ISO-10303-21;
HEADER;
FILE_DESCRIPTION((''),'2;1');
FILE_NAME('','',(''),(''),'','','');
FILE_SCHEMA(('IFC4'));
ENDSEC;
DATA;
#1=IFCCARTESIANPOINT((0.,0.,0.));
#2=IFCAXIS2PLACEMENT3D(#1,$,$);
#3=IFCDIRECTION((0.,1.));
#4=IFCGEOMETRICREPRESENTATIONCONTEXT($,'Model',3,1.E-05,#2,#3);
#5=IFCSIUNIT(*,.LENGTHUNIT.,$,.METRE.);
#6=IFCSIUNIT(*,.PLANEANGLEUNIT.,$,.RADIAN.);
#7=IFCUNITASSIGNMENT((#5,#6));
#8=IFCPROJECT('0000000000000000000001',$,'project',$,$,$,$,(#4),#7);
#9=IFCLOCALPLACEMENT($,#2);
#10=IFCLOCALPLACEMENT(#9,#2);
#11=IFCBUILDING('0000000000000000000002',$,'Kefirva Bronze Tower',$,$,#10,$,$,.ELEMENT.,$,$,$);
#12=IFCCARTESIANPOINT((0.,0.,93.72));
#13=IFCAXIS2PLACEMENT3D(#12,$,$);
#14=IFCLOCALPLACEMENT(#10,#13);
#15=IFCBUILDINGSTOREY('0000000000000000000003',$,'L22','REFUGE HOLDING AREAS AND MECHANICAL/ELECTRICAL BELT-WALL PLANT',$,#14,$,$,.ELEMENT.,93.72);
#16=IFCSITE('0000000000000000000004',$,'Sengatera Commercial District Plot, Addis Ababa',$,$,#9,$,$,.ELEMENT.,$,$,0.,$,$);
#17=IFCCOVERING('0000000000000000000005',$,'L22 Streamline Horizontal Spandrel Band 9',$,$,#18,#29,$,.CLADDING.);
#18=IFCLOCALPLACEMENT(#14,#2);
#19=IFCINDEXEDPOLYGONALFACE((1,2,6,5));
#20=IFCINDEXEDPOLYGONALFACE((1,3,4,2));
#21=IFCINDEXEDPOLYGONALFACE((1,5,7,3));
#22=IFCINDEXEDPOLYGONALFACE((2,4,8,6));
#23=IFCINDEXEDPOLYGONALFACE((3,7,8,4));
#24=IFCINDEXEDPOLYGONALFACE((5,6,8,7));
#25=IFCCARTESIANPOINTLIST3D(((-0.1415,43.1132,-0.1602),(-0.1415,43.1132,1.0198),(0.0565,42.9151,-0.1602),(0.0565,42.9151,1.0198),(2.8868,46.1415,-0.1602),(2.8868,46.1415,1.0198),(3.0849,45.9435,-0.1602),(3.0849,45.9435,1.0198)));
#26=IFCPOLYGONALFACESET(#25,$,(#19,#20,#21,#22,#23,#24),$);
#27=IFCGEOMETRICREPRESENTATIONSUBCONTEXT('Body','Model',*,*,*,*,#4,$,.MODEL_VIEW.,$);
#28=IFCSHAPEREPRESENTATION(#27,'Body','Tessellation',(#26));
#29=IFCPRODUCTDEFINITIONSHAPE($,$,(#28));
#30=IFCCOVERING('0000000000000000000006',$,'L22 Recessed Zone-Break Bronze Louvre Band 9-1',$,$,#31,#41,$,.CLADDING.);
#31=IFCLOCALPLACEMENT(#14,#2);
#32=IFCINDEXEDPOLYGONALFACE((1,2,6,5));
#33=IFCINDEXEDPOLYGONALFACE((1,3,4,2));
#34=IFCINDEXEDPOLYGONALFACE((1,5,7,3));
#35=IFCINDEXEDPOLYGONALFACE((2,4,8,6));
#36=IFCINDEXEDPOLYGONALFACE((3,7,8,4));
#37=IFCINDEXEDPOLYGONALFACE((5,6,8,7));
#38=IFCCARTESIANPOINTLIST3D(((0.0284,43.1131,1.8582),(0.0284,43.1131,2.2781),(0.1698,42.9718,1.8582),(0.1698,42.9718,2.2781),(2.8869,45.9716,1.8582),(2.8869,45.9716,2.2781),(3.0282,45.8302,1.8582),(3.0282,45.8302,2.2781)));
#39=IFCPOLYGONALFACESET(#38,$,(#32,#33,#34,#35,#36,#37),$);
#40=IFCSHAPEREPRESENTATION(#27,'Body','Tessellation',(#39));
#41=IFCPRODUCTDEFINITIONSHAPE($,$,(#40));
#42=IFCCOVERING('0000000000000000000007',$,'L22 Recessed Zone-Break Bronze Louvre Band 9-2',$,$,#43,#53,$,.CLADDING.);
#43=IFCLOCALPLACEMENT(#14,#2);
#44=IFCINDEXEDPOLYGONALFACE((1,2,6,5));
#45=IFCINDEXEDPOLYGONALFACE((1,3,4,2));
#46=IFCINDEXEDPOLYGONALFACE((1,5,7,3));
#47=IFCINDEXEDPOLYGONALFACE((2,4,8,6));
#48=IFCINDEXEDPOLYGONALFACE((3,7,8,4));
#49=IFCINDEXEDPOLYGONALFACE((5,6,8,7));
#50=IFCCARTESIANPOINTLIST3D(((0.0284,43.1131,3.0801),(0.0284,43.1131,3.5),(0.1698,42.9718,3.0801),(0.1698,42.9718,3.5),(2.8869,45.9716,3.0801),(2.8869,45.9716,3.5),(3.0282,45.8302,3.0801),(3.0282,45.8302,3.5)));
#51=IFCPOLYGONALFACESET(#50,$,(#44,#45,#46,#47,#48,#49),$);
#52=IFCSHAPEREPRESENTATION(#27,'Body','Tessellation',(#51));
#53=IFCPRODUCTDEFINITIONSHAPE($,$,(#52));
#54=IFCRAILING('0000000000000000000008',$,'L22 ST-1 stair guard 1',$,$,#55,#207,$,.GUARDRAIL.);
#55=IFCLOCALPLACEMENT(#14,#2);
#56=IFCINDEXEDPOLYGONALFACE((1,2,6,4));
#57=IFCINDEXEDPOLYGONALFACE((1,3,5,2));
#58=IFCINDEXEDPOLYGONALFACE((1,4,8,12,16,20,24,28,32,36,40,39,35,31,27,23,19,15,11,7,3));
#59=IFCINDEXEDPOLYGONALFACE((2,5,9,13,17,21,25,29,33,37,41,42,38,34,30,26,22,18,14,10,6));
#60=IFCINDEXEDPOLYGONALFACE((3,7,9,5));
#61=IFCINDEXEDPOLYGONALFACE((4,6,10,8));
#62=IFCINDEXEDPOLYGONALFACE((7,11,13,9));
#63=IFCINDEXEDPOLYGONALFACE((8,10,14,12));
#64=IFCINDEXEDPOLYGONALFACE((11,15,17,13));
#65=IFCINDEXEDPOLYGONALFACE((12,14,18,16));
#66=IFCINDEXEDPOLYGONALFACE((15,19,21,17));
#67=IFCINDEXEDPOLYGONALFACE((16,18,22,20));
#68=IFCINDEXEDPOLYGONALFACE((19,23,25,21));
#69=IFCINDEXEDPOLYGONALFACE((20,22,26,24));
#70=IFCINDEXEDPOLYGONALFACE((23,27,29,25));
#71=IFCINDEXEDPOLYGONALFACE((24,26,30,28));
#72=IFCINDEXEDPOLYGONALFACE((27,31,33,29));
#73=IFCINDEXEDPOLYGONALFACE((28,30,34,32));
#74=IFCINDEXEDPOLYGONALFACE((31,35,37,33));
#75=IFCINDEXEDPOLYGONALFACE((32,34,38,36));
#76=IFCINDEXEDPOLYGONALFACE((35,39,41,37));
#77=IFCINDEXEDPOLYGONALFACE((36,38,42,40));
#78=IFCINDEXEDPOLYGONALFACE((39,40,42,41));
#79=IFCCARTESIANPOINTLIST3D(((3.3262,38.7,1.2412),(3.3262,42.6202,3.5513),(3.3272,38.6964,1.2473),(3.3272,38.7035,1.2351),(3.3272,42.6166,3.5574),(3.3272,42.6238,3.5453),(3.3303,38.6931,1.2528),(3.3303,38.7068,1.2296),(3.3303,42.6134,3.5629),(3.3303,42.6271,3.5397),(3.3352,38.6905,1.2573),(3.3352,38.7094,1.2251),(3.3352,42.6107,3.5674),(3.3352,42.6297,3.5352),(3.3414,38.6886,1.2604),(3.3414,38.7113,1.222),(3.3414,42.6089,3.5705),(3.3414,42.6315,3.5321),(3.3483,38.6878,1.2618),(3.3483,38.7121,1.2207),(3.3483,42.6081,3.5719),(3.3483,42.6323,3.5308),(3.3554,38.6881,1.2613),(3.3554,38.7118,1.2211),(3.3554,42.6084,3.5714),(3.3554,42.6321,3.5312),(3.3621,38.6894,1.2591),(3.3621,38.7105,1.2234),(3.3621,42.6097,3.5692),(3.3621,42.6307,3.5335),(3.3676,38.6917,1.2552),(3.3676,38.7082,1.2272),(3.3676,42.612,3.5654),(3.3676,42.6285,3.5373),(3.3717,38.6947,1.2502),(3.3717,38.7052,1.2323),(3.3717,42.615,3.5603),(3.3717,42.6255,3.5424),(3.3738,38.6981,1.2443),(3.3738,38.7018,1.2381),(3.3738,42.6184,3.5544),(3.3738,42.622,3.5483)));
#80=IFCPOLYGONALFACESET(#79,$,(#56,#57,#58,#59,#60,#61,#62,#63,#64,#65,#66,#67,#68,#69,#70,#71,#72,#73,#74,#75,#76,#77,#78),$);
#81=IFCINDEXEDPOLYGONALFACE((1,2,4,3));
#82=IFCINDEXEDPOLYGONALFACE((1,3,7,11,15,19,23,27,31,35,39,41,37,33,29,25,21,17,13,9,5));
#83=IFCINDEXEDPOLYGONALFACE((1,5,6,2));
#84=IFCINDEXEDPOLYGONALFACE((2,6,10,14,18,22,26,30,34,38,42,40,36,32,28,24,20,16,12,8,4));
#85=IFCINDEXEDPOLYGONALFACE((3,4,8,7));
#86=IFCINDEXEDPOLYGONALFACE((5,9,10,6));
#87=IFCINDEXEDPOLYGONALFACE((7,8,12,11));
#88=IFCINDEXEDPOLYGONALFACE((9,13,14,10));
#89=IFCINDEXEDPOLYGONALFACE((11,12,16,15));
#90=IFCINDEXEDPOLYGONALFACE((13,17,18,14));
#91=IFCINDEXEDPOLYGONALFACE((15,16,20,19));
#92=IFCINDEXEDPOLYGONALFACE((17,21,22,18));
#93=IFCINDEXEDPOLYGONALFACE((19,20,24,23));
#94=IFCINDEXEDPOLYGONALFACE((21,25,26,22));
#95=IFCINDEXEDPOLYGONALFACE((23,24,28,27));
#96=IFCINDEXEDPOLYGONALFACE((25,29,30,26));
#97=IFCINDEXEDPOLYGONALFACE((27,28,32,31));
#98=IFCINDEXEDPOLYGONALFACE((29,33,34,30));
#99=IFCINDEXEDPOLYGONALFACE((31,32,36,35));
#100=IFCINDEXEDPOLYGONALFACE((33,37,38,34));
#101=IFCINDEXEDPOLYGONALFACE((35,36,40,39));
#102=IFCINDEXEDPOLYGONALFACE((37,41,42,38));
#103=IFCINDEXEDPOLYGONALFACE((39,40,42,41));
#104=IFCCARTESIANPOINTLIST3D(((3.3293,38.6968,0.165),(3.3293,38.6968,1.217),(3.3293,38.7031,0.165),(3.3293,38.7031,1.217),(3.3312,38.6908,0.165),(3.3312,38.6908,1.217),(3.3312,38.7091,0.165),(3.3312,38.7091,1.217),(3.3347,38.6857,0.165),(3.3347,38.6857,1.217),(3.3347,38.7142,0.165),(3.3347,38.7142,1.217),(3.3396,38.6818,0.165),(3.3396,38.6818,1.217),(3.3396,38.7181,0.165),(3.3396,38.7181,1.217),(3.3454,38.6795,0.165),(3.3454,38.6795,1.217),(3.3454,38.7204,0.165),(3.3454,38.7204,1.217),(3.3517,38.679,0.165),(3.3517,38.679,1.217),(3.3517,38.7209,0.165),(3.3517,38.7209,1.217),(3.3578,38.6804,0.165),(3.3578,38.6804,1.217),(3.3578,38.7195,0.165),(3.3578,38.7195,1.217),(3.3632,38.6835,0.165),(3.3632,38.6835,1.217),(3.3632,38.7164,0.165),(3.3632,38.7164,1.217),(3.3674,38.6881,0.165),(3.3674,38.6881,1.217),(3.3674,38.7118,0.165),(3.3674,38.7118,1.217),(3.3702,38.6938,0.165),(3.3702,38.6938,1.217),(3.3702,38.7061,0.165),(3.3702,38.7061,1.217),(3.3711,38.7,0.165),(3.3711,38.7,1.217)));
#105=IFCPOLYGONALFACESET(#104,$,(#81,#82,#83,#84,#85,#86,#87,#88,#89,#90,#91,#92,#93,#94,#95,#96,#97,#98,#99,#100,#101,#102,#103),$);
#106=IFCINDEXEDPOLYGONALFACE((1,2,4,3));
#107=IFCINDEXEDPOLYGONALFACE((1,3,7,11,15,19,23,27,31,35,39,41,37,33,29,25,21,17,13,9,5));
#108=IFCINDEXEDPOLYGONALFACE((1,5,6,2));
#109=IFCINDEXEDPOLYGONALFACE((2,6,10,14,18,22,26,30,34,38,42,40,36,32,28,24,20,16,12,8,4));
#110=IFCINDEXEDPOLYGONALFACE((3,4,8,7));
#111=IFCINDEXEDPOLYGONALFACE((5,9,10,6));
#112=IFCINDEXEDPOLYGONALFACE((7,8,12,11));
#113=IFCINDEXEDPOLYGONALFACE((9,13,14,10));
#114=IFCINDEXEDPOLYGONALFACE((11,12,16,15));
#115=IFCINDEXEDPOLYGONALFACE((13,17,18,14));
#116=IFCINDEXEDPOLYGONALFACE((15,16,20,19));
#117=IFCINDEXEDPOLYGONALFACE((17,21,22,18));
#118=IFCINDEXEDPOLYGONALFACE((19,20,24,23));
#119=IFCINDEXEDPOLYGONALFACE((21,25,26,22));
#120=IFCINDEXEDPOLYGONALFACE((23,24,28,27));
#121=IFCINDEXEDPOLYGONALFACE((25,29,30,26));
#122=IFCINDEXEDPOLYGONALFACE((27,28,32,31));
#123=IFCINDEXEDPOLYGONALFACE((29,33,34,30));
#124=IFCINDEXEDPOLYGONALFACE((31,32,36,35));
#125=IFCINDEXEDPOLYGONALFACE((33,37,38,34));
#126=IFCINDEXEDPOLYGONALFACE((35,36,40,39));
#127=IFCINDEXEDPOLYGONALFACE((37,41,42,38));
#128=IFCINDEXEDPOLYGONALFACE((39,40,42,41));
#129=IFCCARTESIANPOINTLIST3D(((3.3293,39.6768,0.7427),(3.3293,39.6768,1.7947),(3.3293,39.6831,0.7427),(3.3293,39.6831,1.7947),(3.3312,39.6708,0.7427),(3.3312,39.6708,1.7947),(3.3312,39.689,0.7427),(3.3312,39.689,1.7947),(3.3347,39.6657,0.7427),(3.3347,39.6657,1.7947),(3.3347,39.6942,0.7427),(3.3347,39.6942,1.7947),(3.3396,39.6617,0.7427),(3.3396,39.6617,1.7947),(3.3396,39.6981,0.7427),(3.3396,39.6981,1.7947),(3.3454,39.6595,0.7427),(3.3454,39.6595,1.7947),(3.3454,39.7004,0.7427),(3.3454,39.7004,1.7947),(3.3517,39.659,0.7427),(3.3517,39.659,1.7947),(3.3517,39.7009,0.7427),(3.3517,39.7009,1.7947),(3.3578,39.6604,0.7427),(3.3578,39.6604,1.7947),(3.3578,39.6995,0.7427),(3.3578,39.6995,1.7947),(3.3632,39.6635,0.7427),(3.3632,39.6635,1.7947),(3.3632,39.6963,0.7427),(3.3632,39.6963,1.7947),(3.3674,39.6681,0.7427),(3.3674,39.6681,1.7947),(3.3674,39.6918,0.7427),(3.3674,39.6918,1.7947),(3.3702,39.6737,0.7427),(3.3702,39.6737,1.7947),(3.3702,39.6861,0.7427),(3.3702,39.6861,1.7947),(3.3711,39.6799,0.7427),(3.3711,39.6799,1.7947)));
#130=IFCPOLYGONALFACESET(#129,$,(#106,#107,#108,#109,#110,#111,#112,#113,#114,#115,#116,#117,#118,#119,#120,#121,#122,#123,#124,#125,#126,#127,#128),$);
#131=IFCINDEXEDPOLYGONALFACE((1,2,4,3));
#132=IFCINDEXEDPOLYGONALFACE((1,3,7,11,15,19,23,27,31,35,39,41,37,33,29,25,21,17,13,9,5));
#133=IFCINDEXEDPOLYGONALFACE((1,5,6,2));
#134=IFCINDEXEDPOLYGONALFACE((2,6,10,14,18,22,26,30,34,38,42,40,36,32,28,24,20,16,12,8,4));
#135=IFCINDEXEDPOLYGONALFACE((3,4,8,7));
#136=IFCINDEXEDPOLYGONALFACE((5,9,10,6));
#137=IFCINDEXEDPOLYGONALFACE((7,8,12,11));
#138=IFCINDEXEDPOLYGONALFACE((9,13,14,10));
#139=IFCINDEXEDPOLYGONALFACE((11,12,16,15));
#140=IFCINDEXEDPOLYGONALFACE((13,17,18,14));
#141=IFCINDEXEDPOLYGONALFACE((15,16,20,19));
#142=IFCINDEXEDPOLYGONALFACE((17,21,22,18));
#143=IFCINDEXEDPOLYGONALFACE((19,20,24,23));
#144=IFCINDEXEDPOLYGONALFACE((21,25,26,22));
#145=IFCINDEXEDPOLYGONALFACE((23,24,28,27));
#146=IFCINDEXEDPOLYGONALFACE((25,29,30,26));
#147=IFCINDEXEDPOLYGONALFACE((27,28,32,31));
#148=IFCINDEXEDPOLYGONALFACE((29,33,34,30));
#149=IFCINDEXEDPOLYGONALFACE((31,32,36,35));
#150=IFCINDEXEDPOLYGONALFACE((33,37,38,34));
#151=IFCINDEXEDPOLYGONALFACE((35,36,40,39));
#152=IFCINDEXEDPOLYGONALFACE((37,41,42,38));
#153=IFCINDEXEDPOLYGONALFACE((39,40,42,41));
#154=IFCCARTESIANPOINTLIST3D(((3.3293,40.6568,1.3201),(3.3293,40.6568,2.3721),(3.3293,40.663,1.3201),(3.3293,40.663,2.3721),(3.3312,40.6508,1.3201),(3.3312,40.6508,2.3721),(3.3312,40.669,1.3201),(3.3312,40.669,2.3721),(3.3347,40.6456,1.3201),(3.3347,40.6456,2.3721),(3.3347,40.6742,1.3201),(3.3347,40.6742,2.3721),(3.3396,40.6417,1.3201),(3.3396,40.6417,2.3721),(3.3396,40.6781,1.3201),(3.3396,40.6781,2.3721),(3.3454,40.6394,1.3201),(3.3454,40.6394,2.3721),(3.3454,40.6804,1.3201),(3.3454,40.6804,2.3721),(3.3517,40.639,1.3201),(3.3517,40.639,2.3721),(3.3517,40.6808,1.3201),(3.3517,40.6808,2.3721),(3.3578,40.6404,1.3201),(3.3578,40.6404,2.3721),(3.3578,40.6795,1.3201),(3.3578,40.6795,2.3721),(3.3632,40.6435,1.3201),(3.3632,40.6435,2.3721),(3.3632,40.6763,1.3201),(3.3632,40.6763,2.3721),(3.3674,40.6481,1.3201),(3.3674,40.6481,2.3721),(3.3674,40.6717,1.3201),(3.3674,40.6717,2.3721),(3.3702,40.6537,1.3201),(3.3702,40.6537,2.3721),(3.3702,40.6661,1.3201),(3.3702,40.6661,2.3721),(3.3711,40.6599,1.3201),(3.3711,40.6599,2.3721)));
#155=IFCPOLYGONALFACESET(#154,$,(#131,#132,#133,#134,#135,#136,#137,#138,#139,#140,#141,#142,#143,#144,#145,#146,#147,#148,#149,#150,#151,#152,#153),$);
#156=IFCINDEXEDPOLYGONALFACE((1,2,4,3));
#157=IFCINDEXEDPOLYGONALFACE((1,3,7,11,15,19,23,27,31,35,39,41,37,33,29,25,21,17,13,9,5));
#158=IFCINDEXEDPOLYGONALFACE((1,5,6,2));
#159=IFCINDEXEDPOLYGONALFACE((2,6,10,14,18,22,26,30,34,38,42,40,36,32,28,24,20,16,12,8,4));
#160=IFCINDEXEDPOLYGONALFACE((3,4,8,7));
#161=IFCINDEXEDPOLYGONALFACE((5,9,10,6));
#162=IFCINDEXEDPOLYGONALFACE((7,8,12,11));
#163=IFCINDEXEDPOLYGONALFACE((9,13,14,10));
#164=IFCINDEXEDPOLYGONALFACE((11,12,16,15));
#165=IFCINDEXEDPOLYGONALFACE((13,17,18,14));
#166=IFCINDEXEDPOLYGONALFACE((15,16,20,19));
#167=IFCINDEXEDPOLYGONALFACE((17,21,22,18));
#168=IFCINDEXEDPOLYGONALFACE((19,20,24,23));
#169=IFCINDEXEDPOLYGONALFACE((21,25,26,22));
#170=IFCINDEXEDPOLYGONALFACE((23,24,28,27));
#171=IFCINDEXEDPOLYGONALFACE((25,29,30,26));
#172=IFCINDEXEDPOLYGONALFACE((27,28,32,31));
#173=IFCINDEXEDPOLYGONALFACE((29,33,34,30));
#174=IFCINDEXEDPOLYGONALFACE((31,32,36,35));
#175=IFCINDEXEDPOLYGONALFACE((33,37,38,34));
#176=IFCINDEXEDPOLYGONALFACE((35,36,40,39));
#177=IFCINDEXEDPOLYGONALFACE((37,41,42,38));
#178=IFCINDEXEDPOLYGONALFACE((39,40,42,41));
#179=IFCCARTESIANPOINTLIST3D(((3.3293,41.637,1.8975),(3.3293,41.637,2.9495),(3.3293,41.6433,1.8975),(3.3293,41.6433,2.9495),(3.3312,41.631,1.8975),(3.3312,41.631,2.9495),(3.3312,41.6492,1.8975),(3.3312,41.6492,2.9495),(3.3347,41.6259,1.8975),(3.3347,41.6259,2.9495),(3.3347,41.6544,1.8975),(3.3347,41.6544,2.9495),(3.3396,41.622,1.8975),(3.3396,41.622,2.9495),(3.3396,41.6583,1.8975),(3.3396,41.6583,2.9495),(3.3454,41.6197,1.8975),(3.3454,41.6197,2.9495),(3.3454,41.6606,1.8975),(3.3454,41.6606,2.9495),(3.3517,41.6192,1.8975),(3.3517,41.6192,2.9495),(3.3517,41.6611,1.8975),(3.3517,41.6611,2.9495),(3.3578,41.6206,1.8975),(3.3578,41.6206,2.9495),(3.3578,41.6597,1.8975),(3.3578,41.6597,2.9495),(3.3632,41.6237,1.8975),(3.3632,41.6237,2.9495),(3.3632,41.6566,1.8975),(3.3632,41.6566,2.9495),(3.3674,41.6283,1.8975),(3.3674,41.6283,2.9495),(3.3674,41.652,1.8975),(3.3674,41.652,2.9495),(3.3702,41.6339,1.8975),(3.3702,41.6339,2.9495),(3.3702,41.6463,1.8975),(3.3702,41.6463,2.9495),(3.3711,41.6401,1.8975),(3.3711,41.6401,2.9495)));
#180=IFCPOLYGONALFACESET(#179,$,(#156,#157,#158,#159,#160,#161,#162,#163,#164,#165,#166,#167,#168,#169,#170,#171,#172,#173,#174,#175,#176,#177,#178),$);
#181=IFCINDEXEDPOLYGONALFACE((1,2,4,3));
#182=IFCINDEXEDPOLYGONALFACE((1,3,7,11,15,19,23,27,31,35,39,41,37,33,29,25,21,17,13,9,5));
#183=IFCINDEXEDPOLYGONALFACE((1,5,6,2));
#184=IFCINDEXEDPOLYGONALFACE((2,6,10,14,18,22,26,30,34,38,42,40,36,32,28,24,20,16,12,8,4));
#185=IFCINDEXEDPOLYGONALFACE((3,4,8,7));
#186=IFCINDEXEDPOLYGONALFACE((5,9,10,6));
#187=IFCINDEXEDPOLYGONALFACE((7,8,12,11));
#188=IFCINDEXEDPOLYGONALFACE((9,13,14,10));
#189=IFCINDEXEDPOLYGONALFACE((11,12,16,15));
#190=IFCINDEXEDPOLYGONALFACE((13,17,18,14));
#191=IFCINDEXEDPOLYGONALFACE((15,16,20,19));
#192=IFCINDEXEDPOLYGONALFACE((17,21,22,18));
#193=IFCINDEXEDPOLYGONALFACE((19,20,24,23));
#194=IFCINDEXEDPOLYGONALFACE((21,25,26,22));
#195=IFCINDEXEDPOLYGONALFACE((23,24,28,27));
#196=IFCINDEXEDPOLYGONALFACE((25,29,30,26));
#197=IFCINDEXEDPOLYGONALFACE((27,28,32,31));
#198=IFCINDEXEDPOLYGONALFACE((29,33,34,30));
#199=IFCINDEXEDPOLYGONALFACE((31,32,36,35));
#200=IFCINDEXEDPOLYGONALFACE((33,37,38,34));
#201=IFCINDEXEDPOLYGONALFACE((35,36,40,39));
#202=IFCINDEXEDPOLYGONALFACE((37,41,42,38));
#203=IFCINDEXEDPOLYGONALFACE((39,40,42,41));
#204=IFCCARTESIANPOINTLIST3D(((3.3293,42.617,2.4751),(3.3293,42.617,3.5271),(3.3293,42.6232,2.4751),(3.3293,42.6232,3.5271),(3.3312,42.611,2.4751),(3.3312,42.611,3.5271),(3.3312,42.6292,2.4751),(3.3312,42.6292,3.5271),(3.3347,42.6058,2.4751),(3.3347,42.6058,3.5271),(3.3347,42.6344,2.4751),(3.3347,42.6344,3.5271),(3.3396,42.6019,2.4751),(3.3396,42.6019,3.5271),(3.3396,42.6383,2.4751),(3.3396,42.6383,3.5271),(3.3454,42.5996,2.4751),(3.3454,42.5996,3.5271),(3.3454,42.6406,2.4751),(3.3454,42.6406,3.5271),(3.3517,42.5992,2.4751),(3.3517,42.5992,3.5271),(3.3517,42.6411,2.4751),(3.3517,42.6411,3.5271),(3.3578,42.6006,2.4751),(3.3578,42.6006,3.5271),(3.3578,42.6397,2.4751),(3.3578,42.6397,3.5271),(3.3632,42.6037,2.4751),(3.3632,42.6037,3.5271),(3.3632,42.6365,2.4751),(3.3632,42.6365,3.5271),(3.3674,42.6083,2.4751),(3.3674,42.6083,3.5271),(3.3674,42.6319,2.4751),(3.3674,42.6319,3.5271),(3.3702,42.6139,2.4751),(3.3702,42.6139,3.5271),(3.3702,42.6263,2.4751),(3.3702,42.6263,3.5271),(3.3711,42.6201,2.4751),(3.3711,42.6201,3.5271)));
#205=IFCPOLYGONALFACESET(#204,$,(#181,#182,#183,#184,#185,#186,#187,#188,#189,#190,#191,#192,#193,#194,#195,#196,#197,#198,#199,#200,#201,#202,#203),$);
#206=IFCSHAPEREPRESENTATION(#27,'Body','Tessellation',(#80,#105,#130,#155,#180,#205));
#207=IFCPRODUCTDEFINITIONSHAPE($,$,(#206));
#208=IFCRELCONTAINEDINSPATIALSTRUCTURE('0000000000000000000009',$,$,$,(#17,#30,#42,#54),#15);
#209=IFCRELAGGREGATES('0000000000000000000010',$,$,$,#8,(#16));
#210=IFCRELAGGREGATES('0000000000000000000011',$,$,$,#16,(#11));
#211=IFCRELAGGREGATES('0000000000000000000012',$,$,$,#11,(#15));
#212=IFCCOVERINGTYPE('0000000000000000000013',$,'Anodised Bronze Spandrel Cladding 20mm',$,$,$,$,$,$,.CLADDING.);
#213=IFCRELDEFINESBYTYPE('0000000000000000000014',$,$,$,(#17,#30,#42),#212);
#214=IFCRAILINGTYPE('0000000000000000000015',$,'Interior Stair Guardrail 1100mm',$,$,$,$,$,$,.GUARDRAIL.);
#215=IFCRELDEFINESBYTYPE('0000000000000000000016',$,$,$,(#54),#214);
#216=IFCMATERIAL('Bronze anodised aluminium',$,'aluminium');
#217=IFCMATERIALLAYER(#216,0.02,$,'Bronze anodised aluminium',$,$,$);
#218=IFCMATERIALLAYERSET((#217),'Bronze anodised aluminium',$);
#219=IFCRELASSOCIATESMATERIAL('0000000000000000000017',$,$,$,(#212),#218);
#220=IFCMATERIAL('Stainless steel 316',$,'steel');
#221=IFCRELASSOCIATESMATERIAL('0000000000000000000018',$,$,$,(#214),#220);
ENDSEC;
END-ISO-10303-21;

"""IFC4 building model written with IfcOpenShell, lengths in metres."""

from ifc_helpers import new_model, si_unit, direction, frame, origin, origin_2d, place, context, subcontext, project, spatial, rectangle, circle, extrude, material, layer, layer_set, type_object, element, save


model = new_model("IFC4")

# Units and contexts
model_context = context("Model", 3, precision=1e-05, world=origin(), true_north=direction((0.0, 1.0)))
body_context = subcontext(model_context, "Body", "Model", "MODEL_VIEW")
ifc_project = project(units=[si_unit("LENGTHUNIT", "METRE"), si_unit("PLANEANGLEUNIT", "RADIAN")], contexts=[model_context])

# Site, building, storey
site_placement = place(None, origin())
site = spatial("IfcSite", under=ifc_project, at=site_placement, Name="Sengatera Commercial District Plot, Addis Ababa", CompositionType="ELEMENT", RefElevation=0.0)
building_placement = place(site_placement, origin())
building = spatial("IfcBuilding", under=site, at=building_placement, Name="Kefirva Bronze Tower", CompositionType="ELEMENT")
storey_placement = place(building_placement, frame((0.0, 0.0, 93.72)))
storey = spatial("IfcBuildingStorey", under=building, at=storey_placement, Name="L22", Description="REFUGE HOLDING AREAS AND MECHANICAL/ELECTRICAL BELT-WALL PLANT", CompositionType="ELEMENT", Elevation=93.72)

# Shared definitions
ifc_material_1 = material(Name="Bronze anodised aluminium", Category="aluminium")

# Shared definitions
ifc_material_2 = material(Name="Stainless steel 316", Category="steel")

# Coverings
ifc_layer_1 = layer(ifc_material_1, 0.02, Name="Bronze anodised aluminium")
ifc_layer_set_1 = layer_set([ifc_layer_1], Name="Bronze anodised aluminium")
covering_type_1 = type_object("IfcCoveringType", Name="Anodised Bronze Spandrel Cladding 20mm", PredefinedType="CLADDING", material=ifc_layer_set_1)
covering_1_placement = place(storey_placement, frame((1.4717, 44.5283, -0.1602), z_axis=(0.0, 0.0, 1.0), x_axis=(-0.707107, -0.707107, 0.0)))
element("IfcCovering", 1, at=covering_1_placement, inside=storey, type_object=covering_type_1, Name="L22 Streamline Horizontal Spandrel Band 9", PredefinedType="CLADDING", context=body_context, shape_type="SweptSolid", body=[
    extrude(rectangle(XDim=4.2827, YDim=0.28, at=origin_2d()), origin(), (0.0, 0.0, 1.0), 1.1799),
])
for number, where, z_axis, x_axis, name in (
    (2, (1.5283, 44.4717, 1.8582), (0.0, 0.0, 1.0), (-0.707107, -0.707107, 0.0), "L22 Recessed Zone-Break Bronze Louvre Band 9-1"),
    (3, (1.5283, 44.4717, 3.0801), (0.0, 0.0, 1.0), (-0.707107, -0.707107, 0.0), "L22 Recessed Zone-Break Bronze Louvre Band 9-2"),
):
    element("IfcCovering", number, at=place(storey_placement, frame(where, z_axis=z_axis, x_axis=x_axis)), inside=storey, type_object=covering_type_1, Name=name, PredefinedType="CLADDING", context=body_context, shape_type="SweptSolid", body=[
        extrude(rectangle(XDim=4.0425, YDim=0.2, at=origin_2d()), origin(), (0.0, 0.0, 1.0), 0.4199),
    ])

# Railing
railing_type_1 = type_object("IfcRailingType", Name="Interior Stair Guardrail 1100mm", PredefinedType="GUARDRAIL", material=ifc_material_2)
railing_1_placement = place(storey_placement, frame((3.3501, 38.7, 0.165)))
element("IfcRailing", 4, at=railing_1_placement, inside=storey, type_object=railing_type_1, Name="L22 ST-1 stair guard 1", PredefinedType="GUARDRAIL", context=body_context, shape_type="SweptSolid", body=[
    extrude(circle(Radius=0.0239, at=origin_2d()), frame((0.0, 0.0, 1.0762), z_axis=(0.0, 0.861542, 0.507686), x_axis=(-1.0, 0.0, 0.0)), (0.0, 0.0, 1.0), 4.5503),
    extrude(circle(Radius=0.021, at=origin_2d()), origin(), (0.0, 0.0, 1.0), 1.052),
    extrude(circle(Radius=0.021, at=origin_2d()), frame((0.0, 0.98, 0.5776)), (0.0, 0.0, 1.0), 1.052),
    extrude(circle(Radius=0.021, at=origin_2d()), frame((0.0, 1.96, 1.155)), (0.0, 0.0, 1.0), 1.052),
    extrude(circle(Radius=0.021, at=origin_2d()), frame((0.0, 2.9402, 1.7324)), (0.0, 0.0, 1.0), 1.052),
    extrude(circle(Radius=0.021, at=origin_2d()), frame((0.0, 3.9202, 2.3101)), (0.0, 0.0, 1.0), 1.052),
])

save(model, "model.ifc")
